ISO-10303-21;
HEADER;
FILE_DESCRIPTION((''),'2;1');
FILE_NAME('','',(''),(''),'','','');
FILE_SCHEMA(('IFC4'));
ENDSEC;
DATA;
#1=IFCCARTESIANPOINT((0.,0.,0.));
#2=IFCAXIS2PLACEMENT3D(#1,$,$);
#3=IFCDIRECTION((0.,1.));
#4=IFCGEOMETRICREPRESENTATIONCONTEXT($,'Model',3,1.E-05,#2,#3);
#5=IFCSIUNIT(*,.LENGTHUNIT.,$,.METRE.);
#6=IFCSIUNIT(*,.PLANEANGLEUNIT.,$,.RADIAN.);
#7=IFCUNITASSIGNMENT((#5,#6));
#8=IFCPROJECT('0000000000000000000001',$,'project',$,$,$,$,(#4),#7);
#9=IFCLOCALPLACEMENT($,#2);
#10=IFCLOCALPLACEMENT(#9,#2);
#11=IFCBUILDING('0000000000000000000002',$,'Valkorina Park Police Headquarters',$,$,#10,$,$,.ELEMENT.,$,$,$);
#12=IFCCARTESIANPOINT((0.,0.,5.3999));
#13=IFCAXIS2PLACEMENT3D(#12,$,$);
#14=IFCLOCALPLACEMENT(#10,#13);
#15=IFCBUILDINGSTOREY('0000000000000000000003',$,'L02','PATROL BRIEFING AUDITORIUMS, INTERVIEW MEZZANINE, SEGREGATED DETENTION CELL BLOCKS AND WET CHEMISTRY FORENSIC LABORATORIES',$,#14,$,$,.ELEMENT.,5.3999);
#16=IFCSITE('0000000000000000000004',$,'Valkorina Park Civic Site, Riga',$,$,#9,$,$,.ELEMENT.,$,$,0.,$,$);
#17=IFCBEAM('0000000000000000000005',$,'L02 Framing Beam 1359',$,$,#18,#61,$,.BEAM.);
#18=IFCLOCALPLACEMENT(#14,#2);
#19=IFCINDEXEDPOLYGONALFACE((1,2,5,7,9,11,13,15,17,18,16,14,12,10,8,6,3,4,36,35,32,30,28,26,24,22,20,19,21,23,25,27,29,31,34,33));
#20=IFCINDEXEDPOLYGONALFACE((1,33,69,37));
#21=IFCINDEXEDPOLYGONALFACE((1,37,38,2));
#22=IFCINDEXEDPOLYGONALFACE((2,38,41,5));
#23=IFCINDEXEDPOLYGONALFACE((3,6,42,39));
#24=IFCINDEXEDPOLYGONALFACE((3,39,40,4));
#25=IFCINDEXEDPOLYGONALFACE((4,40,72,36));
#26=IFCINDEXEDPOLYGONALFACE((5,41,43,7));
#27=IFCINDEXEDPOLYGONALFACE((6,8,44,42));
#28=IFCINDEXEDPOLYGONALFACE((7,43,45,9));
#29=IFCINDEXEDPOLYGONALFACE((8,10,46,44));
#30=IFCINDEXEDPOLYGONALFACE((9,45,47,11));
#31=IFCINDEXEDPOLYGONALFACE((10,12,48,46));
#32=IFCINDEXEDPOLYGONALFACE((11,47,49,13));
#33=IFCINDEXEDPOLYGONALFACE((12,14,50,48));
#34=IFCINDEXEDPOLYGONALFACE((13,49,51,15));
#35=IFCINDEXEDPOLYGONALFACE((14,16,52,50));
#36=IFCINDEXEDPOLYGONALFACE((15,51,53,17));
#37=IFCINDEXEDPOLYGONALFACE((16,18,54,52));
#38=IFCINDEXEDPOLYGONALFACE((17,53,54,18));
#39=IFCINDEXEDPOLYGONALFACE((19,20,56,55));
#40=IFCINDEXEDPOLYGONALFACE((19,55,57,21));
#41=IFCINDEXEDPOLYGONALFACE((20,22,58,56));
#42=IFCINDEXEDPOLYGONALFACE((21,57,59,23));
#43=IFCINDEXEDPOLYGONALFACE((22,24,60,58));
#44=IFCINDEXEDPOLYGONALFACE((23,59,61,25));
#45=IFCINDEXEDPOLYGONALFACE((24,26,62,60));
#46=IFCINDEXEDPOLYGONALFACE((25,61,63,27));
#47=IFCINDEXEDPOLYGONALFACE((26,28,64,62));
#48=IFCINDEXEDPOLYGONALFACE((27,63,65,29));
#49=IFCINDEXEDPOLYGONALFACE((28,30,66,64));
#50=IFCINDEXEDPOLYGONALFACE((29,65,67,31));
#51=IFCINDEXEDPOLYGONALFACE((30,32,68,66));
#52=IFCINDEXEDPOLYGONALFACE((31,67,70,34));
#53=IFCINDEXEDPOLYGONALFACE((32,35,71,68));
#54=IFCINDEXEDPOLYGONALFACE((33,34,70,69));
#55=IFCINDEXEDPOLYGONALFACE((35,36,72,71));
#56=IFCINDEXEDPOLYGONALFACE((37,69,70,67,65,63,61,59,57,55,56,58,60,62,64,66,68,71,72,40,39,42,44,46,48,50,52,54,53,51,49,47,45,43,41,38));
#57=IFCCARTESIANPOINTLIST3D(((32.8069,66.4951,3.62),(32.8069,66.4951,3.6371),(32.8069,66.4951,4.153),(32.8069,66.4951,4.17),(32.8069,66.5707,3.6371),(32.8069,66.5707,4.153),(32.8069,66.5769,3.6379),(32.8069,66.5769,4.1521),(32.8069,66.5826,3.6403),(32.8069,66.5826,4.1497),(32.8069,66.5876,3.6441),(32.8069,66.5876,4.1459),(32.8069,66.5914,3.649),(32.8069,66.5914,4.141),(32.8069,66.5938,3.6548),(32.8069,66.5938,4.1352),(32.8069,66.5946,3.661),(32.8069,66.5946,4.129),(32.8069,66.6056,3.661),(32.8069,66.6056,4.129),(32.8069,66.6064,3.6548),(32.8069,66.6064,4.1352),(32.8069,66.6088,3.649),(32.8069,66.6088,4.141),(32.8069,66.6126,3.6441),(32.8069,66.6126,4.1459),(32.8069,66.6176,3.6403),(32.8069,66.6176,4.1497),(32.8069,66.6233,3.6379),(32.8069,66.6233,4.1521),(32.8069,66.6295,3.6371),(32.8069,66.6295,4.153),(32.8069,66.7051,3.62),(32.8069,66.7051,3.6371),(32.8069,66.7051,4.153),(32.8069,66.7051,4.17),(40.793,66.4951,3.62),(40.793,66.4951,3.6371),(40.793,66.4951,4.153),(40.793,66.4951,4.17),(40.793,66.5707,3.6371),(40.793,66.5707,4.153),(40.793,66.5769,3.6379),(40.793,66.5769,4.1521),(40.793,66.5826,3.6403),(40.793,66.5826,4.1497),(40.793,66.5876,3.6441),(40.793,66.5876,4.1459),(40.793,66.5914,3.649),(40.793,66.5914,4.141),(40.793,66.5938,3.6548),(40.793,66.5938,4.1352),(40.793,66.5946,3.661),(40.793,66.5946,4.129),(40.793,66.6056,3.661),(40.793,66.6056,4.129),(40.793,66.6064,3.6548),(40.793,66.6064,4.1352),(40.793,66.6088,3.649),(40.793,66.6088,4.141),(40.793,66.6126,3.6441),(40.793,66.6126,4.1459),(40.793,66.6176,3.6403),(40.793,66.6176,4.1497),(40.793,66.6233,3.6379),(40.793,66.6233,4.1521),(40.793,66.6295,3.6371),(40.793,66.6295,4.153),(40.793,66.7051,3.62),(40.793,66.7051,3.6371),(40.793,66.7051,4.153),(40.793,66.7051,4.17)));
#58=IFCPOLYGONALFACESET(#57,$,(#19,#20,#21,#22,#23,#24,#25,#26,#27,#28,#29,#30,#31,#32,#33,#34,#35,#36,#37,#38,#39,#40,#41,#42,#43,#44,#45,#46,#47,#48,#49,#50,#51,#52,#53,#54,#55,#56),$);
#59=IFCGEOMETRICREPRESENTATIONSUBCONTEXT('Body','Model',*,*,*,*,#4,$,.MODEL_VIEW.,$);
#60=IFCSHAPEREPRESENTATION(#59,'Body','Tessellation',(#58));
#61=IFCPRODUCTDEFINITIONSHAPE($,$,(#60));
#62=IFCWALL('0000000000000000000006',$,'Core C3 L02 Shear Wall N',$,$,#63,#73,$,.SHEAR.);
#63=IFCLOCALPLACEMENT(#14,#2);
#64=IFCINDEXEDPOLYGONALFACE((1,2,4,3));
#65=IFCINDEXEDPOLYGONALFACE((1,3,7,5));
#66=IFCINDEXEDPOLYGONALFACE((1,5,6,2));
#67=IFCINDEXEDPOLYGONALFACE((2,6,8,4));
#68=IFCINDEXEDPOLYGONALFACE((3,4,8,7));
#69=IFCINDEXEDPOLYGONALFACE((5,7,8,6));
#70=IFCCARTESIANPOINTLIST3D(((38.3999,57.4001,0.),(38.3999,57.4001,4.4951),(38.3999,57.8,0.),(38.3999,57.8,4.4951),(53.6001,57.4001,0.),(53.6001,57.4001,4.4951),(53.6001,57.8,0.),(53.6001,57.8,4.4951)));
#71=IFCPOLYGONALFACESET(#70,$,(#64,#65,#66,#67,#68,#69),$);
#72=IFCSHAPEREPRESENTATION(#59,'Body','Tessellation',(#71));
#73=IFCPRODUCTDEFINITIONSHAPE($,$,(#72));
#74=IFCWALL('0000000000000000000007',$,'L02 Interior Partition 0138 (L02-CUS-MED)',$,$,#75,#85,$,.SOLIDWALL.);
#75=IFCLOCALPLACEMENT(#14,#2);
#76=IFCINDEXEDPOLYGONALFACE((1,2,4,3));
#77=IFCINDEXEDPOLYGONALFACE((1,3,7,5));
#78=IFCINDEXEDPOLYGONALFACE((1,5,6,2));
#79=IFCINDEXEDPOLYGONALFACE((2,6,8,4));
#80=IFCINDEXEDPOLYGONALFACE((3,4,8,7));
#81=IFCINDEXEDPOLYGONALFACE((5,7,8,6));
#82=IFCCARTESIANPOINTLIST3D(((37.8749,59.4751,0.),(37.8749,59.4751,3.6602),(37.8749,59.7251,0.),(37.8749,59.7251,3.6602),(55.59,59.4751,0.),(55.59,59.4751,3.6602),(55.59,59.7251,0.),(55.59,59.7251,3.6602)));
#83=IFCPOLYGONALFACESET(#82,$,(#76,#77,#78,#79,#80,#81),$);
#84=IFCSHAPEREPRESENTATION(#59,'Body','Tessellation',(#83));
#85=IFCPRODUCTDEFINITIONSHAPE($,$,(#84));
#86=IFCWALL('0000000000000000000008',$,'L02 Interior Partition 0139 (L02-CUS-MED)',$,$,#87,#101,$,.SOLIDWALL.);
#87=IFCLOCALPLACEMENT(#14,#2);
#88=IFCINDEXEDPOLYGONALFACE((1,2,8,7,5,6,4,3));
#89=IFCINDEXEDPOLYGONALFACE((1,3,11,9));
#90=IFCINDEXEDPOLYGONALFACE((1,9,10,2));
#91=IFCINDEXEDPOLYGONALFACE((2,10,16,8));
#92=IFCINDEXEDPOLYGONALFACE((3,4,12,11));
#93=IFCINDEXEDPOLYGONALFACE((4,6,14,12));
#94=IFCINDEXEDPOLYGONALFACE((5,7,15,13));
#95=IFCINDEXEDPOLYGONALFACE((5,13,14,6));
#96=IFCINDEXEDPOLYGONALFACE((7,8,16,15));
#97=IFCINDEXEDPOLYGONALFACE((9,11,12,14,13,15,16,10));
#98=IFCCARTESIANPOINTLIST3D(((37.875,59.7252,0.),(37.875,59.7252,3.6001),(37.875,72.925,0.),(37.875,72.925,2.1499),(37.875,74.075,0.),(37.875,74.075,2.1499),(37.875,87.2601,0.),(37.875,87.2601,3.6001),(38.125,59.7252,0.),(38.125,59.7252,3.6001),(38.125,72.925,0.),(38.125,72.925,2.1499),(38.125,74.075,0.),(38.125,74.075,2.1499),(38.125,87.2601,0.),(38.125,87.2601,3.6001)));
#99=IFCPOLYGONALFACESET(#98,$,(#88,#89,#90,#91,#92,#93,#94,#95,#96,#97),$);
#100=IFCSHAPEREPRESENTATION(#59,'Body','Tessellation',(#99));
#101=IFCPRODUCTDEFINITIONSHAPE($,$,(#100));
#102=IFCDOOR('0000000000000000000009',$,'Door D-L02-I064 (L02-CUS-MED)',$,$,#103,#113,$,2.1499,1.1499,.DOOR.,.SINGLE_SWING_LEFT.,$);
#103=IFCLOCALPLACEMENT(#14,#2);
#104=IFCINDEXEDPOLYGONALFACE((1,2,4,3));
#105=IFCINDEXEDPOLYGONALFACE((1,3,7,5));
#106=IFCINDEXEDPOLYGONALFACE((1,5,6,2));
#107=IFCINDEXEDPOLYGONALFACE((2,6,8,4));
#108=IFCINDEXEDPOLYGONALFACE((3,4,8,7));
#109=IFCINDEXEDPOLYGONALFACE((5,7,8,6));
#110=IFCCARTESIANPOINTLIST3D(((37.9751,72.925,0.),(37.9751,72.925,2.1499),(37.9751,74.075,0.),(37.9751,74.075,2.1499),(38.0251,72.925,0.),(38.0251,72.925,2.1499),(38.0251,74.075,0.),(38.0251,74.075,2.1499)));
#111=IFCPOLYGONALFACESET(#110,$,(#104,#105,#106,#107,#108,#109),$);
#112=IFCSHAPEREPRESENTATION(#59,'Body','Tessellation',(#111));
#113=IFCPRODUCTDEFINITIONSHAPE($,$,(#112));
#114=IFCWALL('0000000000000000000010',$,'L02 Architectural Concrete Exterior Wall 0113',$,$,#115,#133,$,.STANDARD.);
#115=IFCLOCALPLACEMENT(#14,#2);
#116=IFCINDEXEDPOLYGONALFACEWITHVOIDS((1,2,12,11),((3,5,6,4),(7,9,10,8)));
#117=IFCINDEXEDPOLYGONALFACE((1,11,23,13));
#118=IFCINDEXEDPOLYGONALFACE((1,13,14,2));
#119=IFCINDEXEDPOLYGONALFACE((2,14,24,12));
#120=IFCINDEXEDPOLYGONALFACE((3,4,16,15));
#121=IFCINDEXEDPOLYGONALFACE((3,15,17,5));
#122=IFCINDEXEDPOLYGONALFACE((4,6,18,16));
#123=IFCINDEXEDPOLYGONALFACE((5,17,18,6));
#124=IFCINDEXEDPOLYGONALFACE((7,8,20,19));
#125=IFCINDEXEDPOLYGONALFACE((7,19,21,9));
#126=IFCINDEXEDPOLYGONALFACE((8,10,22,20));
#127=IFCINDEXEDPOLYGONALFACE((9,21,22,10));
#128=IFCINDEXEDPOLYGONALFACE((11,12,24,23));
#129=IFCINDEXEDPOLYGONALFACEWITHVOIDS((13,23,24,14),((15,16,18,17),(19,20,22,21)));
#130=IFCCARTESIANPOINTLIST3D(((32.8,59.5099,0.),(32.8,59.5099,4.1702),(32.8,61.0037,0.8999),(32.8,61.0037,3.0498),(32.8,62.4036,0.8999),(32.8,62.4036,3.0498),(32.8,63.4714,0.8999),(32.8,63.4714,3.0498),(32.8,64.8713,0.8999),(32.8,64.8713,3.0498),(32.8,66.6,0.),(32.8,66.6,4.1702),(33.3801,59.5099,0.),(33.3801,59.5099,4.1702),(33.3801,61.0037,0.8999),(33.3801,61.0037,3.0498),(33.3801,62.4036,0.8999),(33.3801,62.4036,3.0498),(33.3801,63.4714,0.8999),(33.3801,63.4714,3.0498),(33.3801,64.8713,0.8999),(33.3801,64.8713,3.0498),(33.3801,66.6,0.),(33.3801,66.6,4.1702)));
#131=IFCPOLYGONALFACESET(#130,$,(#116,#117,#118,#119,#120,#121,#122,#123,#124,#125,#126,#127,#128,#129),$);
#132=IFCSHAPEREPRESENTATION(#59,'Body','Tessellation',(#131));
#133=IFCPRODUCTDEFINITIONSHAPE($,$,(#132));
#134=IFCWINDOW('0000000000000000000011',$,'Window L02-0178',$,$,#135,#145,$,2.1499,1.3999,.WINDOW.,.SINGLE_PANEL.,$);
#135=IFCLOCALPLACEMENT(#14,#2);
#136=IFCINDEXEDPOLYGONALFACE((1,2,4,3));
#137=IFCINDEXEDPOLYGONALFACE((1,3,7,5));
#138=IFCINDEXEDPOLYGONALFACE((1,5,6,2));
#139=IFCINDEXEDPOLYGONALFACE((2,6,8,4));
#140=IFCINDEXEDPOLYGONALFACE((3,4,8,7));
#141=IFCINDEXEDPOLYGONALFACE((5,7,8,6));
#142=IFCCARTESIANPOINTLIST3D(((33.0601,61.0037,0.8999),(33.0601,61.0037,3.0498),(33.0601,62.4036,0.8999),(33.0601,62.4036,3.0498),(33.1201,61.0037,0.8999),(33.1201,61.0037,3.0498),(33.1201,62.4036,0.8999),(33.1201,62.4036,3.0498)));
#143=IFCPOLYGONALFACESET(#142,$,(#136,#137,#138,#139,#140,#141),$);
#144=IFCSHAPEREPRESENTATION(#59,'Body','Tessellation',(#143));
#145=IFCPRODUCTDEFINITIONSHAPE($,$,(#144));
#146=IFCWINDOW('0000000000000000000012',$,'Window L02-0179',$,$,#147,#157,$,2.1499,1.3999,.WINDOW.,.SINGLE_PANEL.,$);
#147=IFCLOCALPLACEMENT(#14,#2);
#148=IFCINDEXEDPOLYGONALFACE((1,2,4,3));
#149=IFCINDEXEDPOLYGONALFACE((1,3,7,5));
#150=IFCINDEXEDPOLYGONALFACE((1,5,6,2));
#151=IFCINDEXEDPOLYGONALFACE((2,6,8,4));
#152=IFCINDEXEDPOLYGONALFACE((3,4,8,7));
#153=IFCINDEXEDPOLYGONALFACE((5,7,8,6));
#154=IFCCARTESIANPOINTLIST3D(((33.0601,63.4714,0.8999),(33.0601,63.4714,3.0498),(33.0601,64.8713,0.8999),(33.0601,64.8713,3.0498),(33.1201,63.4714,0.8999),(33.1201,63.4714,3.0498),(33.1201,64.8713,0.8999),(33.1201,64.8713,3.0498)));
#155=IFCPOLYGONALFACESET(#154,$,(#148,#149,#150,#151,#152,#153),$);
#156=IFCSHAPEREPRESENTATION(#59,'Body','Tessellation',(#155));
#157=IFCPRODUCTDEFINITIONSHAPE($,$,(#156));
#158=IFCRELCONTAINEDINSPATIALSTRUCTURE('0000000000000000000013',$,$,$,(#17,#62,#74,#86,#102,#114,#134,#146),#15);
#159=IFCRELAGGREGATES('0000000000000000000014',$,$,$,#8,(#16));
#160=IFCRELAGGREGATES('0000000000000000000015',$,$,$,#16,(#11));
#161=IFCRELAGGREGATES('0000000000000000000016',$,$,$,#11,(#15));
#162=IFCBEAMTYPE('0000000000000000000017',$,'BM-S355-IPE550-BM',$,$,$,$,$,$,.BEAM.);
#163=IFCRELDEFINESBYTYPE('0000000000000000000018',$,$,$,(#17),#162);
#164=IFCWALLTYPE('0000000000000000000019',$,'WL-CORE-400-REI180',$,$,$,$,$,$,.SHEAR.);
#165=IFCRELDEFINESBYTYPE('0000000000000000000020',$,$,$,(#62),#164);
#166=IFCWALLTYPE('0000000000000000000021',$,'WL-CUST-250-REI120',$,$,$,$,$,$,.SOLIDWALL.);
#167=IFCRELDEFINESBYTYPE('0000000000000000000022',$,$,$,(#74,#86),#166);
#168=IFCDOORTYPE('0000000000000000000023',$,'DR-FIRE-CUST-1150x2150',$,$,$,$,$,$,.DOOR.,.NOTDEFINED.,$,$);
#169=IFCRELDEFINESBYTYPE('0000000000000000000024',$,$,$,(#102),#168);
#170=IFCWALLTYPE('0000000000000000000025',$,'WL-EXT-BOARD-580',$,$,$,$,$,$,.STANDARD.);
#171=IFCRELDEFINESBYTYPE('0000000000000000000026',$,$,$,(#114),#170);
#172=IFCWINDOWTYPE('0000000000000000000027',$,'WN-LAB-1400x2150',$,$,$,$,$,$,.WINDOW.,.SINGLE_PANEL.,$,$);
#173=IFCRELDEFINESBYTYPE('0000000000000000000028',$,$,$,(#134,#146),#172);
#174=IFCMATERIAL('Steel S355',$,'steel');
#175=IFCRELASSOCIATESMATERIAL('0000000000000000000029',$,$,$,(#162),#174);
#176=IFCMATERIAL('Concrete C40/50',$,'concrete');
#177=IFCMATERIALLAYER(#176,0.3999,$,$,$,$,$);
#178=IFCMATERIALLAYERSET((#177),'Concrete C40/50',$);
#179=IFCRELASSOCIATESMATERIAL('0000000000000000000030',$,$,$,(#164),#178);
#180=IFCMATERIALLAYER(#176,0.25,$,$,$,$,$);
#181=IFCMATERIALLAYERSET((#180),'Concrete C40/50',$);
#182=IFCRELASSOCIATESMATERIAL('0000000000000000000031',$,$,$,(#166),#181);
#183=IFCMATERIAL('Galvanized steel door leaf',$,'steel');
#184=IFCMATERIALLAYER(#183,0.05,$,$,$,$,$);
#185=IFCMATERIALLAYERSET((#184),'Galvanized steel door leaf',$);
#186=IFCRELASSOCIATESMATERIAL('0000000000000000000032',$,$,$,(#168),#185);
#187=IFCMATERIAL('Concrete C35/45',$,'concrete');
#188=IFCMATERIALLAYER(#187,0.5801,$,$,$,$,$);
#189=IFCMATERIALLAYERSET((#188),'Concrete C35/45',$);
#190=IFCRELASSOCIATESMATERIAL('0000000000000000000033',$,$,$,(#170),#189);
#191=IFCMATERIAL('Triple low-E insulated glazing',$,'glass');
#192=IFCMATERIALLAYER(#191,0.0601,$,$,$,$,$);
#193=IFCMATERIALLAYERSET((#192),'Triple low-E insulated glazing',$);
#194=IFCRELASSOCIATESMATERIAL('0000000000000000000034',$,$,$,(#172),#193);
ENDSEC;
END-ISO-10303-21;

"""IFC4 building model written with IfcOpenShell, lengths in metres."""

from ifc_helpers import new_model, si_unit, direction, frame, frame_2d, origin, origin_2d, place, context, subcontext, project, spatial, rectangle, i_section, extrude, material, layer, layer_set, material_profile, profile_set, type_object, element, fill, save


model = new_model("IFC4")

# Units and contexts
model_context = context("Model", 3, precision=1e-05, world=origin(), true_north=direction((0.0, 1.0)))
body_context = subcontext(model_context, "Body", "Model", "MODEL_VIEW")
ifc_project = project(units=[si_unit("LENGTHUNIT", "METRE"), si_unit("PLANEANGLEUNIT", "RADIAN")], contexts=[model_context])

# Site, building, storey
site_placement = place(None, origin())
site = spatial("IfcSite", under=ifc_project, at=site_placement, Name="Valkorina Park Civic Site, Riga", CompositionType="ELEMENT", RefElevation=0.0)
building_placement = place(site_placement, origin())
building = spatial("IfcBuilding", under=site, at=building_placement, Name="Valkorina Park Police Headquarters", CompositionType="ELEMENT")
storey_placement = place(building_placement, frame((0.0, 0.0, 5.3999)))
storey = spatial("IfcBuildingStorey", under=building, at=storey_placement, Name="L02", Description="PATROL BRIEFING AUDITORIUMS, INTERVIEW MEZZANINE, SEGREGATED DETENTION CELL BLOCKS AND WET CHEMISTRY FORENSIC LABORATORIES", CompositionType="ELEMENT", Elevation=5.3999)

# Shared definitions
ifc_material_1 = material(Name="Steel S355", Category="steel")

# Beam
ifc_material_profile_1 = material_profile(ifc_material_1, i_section(OverallWidth=0.21, OverallDepth=0.55, WebThickness=0.011, FlangeThickness=0.0171, FilletRadius=0.0239, at=origin_2d()), Name="IPE 550")
ifc_profile_set_1 = profile_set([ifc_material_profile_1], Name="Steel S355")
beam_type_1 = type_object("IfcBeamType", Name="BM-S355-IPE550-BM", PredefinedType="BEAM", material=ifc_profile_set_1)
beam_1_placement = place(storey_placement, frame((32.8069, 66.6001, 3.895), z_axis=(1.0, 0.0, 0.0), x_axis=(0.0, 1.0, 0.0)))
element("IfcBeam", 1, at=beam_1_placement, inside=storey, type_object=beam_type_1, Name="L02 Framing Beam 1359", PredefinedType="BEAM", context=body_context, shape_type="SweptSolid", body=[
    extrude(i_section(OverallWidth=0.21, OverallDepth=0.55, WebThickness=0.011, FlangeThickness=0.0171, FilletRadius=0.0239, at=origin_2d()), origin(), (0.0, 0.0, 1.0), 7.9861),
])

# Walls
ifc_material_2 = material(Name="Concrete C40/50", Category="concrete")
ifc_layer_1 = layer(ifc_material_2, 0.3999)
ifc_layer_set_1 = layer_set([ifc_layer_1], Name="Concrete C40/50")
wall_type_1 = type_object("IfcWallType", Name="WL-CORE-400-REI180", PredefinedType="SHEAR", material=ifc_layer_set_1)
wall_1_placement = place(storey_placement, frame((38.3999, 57.6001, 0.0), z_axis=(0.0, 0.0, 1.0), x_axis=(1.0, 0.0, 0.0)))
element("IfcWall", 2, at=wall_1_placement, inside=storey, type_object=wall_type_1, Name="Core C3 L02 Shear Wall N", PredefinedType="SHEAR", context=body_context, shape_type="SweptSolid", body=[
    extrude(rectangle(XDim=15.2002, YDim=0.3999, at=frame_2d((7.6001, 0.0))), origin(), (0.0, 0.0, 1.0), 4.4951),
])
ifc_layer_2 = layer(ifc_material_2, 0.25)
ifc_layer_set_2 = layer_set([ifc_layer_2], Name="Concrete C40/50")
wall_type_2 = type_object("IfcWallType", Name="WL-CUST-250-REI120", PredefinedType="SOLIDWALL", material=ifc_layer_set_2)
wall_2_placement = place(storey_placement, frame((37.875, 59.6001, 0.0), z_axis=(0.0, 0.0, 1.0), x_axis=(1.0, 0.0, 0.0)))
element("IfcWall", 3, at=wall_2_placement, inside=storey, type_object=wall_type_2, Name="L02 Interior Partition 0138 (L02-CUS-MED)", PredefinedType="SOLIDWALL", context=body_context, shape_type="SweptSolid", body=[
    extrude(rectangle(XDim=17.7151, YDim=0.25, at=frame_2d((8.8574, 0.0))), origin(), (0.0, 0.0, 1.0), 3.6602),
])

# Wall, opening, door
wall_3_placement = place(storey_placement, frame((38.0, 59.7251, 0.0), z_axis=(0.0, 0.0, 1.0), x_axis=(0.0, 1.0, 0.0)))
wall_3 = element("IfcWall", 4, at=wall_3_placement, inside=storey, type_object=wall_type_2, Name="L02 Interior Partition 0139 (L02-CUS-MED)", PredefinedType="SOLIDWALL", context=body_context, shape_type="SweptSolid", body=[
    extrude(rectangle(XDim=27.5349, YDim=0.25, at=frame_2d((13.7676, 0.0))), origin(), (0.0, 0.0, 1.0), 3.6001),
])
opening_1_placement = place(wall_3_placement, frame((13.2, 0.0, 0.0)))
opening_1 = element("IfcOpeningElement", 5, at=opening_1_placement, cuts=wall_3, PredefinedType="OPENING", context=body_context, shape_type="SweptSolid", body=[
    extrude(rectangle(XDim=1.1499, YDim=2.1499, at=frame_2d((0.575, 1.075))), frame((0.0, 0.135, 0.0), z_axis=(0.0, -1.0, 0.0), x_axis=(1.0, 0.0, 0.0)), (0.0, 0.0, 1.0), 0.27),
])
ifc_material_3 = material(Name="Galvanized steel door leaf", Category="steel")
ifc_layer_3 = layer(ifc_material_3, 0.05)
ifc_layer_set_3 = layer_set([ifc_layer_3], Name="Galvanized steel door leaf")
door_type_1 = type_object("IfcDoorType", Name="DR-FIRE-CUST-1150x2150", OperationType="NOTDEFINED", PredefinedType="DOOR", material=ifc_layer_set_3)
door_1_placement = place(opening_1_placement, origin())
door_1 = element("IfcDoor", 6, at=door_1_placement, inside=storey, type_object=door_type_1, Name="Door D-L02-I064 (L02-CUS-MED)", OperationType="SINGLE_SWING_LEFT", OverallHeight=2.1499, OverallWidth=1.1499, PredefinedType="DOOR", context=body_context, shape_type="SweptSolid", body=[
    extrude(rectangle(XDim=1.1499, YDim=2.1499, at=frame_2d((0.575, 1.075))), frame((0.0, 0.0249, 0.0), z_axis=(0.0, -1.0, 0.0), x_axis=(1.0, 0.0, 0.0)), (0.0, 0.0, 1.0), 0.05),
])
fill(opening_1, door_1)

# Wall, openings, windows
ifc_material_4 = material(Name="Concrete C35/45", Category="concrete")
ifc_layer_4 = layer(ifc_material_4, 0.5801)
ifc_layer_set_4 = layer_set([ifc_layer_4], Name="Concrete C35/45")
wall_type_3 = type_object("IfcWallType", Name="WL-EXT-BOARD-580", PredefinedType="STANDARD", material=ifc_layer_set_4)
wall_4_placement = place(storey_placement, frame((33.0901, 59.51, 0.0), z_axis=(0.0, 0.0, 1.0), x_axis=(0.0, 1.0, 0.0)))
wall_4 = element("IfcWall", 7, at=wall_4_placement, inside=storey, type_object=wall_type_3, Name="L02 Architectural Concrete Exterior Wall 0113", PredefinedType="STANDARD", context=body_context, shape_type="SweptSolid", body=[
    extrude(rectangle(XDim=7.0901, YDim=0.5801, at=frame_2d((3.5449, 0.0))), origin(), (0.0, 0.0, 1.0), 4.1702),
])
opening_2_placement = place(wall_4_placement, frame((1.4937, 0.0, 0.8999)))
opening_2 = element("IfcOpeningElement", 8, at=opening_2_placement, cuts=wall_4, PredefinedType="OPENING", context=body_context, shape_type="SweptSolid", body=[
    extrude(rectangle(XDim=1.3999, YDim=2.1499, at=frame_2d((0.7, 1.075))), frame((0.0, 0.3, 0.0), z_axis=(0.0, -1.0, 0.0), x_axis=(1.0, 0.0, 0.0)), (0.0, 0.0, 1.0), 0.6001),
])
opening_3_placement = place(wall_4_placement, frame((3.9614, 0.0, 0.8999)))
opening_3 = element("IfcOpeningElement", 9, at=opening_3_placement, cuts=wall_4, PredefinedType="OPENING", context=body_context, shape_type="SweptSolid", body=[
    extrude(rectangle(XDim=1.3999, YDim=2.1499, at=frame_2d((0.7, 1.075))), frame((0.0, 0.3, 0.0), z_axis=(0.0, -1.0, 0.0), x_axis=(1.0, 0.0, 0.0)), (0.0, 0.0, 1.0), 0.6001),
])
ifc_material_5 = material(Name="Triple low-E insulated glazing", Category="glass")
ifc_layer_5 = layer(ifc_material_5, 0.0601)
ifc_layer_set_5 = layer_set([ifc_layer_5], Name="Triple low-E insulated glazing")
window_type_1 = type_object("IfcWindowType", Name="WN-LAB-1400x2150", PartitioningType="SINGLE_PANEL", PredefinedType="WINDOW", material=ifc_layer_set_5)
window_1_placement = place(opening_2_placement, origin())
window_1 = element("IfcWindow", 10, at=window_1_placement, inside=storey, type_object=window_type_1, Name="Window L02-0178", OverallHeight=2.1499, OverallWidth=1.3999, PartitioningType="SINGLE_PANEL", PredefinedType="WINDOW", context=body_context, shape_type="SweptSolid", body=[
    extrude(rectangle(XDim=1.3999, YDim=2.1499, at=frame_2d((0.7, 1.075))), frame((0.0, 0.03, 0.0), z_axis=(0.0, -1.0, 0.0), x_axis=(1.0, 0.0, 0.0)), (0.0, 0.0, 1.0), 0.0601),
])
fill(opening_2, window_1)
window_2_placement = place(opening_3_placement, origin())
window_2 = element("IfcWindow", 11, at=window_2_placement, inside=storey, type_object=window_type_1, Name="Window L02-0179", OverallHeight=2.1499, OverallWidth=1.3999, PartitioningType="SINGLE_PANEL", PredefinedType="WINDOW", context=body_context, shape_type="SweptSolid", body=[
    extrude(rectangle(XDim=1.3999, YDim=2.1499, at=frame_2d((0.7, 1.075))), frame((0.0, 0.03, 0.0), z_axis=(0.0, -1.0, 0.0), x_axis=(1.0, 0.0, 0.0)), (0.0, 0.0, 1.0), 0.0601),
])
fill(opening_3, window_2)

save(model, "model.ifc")
